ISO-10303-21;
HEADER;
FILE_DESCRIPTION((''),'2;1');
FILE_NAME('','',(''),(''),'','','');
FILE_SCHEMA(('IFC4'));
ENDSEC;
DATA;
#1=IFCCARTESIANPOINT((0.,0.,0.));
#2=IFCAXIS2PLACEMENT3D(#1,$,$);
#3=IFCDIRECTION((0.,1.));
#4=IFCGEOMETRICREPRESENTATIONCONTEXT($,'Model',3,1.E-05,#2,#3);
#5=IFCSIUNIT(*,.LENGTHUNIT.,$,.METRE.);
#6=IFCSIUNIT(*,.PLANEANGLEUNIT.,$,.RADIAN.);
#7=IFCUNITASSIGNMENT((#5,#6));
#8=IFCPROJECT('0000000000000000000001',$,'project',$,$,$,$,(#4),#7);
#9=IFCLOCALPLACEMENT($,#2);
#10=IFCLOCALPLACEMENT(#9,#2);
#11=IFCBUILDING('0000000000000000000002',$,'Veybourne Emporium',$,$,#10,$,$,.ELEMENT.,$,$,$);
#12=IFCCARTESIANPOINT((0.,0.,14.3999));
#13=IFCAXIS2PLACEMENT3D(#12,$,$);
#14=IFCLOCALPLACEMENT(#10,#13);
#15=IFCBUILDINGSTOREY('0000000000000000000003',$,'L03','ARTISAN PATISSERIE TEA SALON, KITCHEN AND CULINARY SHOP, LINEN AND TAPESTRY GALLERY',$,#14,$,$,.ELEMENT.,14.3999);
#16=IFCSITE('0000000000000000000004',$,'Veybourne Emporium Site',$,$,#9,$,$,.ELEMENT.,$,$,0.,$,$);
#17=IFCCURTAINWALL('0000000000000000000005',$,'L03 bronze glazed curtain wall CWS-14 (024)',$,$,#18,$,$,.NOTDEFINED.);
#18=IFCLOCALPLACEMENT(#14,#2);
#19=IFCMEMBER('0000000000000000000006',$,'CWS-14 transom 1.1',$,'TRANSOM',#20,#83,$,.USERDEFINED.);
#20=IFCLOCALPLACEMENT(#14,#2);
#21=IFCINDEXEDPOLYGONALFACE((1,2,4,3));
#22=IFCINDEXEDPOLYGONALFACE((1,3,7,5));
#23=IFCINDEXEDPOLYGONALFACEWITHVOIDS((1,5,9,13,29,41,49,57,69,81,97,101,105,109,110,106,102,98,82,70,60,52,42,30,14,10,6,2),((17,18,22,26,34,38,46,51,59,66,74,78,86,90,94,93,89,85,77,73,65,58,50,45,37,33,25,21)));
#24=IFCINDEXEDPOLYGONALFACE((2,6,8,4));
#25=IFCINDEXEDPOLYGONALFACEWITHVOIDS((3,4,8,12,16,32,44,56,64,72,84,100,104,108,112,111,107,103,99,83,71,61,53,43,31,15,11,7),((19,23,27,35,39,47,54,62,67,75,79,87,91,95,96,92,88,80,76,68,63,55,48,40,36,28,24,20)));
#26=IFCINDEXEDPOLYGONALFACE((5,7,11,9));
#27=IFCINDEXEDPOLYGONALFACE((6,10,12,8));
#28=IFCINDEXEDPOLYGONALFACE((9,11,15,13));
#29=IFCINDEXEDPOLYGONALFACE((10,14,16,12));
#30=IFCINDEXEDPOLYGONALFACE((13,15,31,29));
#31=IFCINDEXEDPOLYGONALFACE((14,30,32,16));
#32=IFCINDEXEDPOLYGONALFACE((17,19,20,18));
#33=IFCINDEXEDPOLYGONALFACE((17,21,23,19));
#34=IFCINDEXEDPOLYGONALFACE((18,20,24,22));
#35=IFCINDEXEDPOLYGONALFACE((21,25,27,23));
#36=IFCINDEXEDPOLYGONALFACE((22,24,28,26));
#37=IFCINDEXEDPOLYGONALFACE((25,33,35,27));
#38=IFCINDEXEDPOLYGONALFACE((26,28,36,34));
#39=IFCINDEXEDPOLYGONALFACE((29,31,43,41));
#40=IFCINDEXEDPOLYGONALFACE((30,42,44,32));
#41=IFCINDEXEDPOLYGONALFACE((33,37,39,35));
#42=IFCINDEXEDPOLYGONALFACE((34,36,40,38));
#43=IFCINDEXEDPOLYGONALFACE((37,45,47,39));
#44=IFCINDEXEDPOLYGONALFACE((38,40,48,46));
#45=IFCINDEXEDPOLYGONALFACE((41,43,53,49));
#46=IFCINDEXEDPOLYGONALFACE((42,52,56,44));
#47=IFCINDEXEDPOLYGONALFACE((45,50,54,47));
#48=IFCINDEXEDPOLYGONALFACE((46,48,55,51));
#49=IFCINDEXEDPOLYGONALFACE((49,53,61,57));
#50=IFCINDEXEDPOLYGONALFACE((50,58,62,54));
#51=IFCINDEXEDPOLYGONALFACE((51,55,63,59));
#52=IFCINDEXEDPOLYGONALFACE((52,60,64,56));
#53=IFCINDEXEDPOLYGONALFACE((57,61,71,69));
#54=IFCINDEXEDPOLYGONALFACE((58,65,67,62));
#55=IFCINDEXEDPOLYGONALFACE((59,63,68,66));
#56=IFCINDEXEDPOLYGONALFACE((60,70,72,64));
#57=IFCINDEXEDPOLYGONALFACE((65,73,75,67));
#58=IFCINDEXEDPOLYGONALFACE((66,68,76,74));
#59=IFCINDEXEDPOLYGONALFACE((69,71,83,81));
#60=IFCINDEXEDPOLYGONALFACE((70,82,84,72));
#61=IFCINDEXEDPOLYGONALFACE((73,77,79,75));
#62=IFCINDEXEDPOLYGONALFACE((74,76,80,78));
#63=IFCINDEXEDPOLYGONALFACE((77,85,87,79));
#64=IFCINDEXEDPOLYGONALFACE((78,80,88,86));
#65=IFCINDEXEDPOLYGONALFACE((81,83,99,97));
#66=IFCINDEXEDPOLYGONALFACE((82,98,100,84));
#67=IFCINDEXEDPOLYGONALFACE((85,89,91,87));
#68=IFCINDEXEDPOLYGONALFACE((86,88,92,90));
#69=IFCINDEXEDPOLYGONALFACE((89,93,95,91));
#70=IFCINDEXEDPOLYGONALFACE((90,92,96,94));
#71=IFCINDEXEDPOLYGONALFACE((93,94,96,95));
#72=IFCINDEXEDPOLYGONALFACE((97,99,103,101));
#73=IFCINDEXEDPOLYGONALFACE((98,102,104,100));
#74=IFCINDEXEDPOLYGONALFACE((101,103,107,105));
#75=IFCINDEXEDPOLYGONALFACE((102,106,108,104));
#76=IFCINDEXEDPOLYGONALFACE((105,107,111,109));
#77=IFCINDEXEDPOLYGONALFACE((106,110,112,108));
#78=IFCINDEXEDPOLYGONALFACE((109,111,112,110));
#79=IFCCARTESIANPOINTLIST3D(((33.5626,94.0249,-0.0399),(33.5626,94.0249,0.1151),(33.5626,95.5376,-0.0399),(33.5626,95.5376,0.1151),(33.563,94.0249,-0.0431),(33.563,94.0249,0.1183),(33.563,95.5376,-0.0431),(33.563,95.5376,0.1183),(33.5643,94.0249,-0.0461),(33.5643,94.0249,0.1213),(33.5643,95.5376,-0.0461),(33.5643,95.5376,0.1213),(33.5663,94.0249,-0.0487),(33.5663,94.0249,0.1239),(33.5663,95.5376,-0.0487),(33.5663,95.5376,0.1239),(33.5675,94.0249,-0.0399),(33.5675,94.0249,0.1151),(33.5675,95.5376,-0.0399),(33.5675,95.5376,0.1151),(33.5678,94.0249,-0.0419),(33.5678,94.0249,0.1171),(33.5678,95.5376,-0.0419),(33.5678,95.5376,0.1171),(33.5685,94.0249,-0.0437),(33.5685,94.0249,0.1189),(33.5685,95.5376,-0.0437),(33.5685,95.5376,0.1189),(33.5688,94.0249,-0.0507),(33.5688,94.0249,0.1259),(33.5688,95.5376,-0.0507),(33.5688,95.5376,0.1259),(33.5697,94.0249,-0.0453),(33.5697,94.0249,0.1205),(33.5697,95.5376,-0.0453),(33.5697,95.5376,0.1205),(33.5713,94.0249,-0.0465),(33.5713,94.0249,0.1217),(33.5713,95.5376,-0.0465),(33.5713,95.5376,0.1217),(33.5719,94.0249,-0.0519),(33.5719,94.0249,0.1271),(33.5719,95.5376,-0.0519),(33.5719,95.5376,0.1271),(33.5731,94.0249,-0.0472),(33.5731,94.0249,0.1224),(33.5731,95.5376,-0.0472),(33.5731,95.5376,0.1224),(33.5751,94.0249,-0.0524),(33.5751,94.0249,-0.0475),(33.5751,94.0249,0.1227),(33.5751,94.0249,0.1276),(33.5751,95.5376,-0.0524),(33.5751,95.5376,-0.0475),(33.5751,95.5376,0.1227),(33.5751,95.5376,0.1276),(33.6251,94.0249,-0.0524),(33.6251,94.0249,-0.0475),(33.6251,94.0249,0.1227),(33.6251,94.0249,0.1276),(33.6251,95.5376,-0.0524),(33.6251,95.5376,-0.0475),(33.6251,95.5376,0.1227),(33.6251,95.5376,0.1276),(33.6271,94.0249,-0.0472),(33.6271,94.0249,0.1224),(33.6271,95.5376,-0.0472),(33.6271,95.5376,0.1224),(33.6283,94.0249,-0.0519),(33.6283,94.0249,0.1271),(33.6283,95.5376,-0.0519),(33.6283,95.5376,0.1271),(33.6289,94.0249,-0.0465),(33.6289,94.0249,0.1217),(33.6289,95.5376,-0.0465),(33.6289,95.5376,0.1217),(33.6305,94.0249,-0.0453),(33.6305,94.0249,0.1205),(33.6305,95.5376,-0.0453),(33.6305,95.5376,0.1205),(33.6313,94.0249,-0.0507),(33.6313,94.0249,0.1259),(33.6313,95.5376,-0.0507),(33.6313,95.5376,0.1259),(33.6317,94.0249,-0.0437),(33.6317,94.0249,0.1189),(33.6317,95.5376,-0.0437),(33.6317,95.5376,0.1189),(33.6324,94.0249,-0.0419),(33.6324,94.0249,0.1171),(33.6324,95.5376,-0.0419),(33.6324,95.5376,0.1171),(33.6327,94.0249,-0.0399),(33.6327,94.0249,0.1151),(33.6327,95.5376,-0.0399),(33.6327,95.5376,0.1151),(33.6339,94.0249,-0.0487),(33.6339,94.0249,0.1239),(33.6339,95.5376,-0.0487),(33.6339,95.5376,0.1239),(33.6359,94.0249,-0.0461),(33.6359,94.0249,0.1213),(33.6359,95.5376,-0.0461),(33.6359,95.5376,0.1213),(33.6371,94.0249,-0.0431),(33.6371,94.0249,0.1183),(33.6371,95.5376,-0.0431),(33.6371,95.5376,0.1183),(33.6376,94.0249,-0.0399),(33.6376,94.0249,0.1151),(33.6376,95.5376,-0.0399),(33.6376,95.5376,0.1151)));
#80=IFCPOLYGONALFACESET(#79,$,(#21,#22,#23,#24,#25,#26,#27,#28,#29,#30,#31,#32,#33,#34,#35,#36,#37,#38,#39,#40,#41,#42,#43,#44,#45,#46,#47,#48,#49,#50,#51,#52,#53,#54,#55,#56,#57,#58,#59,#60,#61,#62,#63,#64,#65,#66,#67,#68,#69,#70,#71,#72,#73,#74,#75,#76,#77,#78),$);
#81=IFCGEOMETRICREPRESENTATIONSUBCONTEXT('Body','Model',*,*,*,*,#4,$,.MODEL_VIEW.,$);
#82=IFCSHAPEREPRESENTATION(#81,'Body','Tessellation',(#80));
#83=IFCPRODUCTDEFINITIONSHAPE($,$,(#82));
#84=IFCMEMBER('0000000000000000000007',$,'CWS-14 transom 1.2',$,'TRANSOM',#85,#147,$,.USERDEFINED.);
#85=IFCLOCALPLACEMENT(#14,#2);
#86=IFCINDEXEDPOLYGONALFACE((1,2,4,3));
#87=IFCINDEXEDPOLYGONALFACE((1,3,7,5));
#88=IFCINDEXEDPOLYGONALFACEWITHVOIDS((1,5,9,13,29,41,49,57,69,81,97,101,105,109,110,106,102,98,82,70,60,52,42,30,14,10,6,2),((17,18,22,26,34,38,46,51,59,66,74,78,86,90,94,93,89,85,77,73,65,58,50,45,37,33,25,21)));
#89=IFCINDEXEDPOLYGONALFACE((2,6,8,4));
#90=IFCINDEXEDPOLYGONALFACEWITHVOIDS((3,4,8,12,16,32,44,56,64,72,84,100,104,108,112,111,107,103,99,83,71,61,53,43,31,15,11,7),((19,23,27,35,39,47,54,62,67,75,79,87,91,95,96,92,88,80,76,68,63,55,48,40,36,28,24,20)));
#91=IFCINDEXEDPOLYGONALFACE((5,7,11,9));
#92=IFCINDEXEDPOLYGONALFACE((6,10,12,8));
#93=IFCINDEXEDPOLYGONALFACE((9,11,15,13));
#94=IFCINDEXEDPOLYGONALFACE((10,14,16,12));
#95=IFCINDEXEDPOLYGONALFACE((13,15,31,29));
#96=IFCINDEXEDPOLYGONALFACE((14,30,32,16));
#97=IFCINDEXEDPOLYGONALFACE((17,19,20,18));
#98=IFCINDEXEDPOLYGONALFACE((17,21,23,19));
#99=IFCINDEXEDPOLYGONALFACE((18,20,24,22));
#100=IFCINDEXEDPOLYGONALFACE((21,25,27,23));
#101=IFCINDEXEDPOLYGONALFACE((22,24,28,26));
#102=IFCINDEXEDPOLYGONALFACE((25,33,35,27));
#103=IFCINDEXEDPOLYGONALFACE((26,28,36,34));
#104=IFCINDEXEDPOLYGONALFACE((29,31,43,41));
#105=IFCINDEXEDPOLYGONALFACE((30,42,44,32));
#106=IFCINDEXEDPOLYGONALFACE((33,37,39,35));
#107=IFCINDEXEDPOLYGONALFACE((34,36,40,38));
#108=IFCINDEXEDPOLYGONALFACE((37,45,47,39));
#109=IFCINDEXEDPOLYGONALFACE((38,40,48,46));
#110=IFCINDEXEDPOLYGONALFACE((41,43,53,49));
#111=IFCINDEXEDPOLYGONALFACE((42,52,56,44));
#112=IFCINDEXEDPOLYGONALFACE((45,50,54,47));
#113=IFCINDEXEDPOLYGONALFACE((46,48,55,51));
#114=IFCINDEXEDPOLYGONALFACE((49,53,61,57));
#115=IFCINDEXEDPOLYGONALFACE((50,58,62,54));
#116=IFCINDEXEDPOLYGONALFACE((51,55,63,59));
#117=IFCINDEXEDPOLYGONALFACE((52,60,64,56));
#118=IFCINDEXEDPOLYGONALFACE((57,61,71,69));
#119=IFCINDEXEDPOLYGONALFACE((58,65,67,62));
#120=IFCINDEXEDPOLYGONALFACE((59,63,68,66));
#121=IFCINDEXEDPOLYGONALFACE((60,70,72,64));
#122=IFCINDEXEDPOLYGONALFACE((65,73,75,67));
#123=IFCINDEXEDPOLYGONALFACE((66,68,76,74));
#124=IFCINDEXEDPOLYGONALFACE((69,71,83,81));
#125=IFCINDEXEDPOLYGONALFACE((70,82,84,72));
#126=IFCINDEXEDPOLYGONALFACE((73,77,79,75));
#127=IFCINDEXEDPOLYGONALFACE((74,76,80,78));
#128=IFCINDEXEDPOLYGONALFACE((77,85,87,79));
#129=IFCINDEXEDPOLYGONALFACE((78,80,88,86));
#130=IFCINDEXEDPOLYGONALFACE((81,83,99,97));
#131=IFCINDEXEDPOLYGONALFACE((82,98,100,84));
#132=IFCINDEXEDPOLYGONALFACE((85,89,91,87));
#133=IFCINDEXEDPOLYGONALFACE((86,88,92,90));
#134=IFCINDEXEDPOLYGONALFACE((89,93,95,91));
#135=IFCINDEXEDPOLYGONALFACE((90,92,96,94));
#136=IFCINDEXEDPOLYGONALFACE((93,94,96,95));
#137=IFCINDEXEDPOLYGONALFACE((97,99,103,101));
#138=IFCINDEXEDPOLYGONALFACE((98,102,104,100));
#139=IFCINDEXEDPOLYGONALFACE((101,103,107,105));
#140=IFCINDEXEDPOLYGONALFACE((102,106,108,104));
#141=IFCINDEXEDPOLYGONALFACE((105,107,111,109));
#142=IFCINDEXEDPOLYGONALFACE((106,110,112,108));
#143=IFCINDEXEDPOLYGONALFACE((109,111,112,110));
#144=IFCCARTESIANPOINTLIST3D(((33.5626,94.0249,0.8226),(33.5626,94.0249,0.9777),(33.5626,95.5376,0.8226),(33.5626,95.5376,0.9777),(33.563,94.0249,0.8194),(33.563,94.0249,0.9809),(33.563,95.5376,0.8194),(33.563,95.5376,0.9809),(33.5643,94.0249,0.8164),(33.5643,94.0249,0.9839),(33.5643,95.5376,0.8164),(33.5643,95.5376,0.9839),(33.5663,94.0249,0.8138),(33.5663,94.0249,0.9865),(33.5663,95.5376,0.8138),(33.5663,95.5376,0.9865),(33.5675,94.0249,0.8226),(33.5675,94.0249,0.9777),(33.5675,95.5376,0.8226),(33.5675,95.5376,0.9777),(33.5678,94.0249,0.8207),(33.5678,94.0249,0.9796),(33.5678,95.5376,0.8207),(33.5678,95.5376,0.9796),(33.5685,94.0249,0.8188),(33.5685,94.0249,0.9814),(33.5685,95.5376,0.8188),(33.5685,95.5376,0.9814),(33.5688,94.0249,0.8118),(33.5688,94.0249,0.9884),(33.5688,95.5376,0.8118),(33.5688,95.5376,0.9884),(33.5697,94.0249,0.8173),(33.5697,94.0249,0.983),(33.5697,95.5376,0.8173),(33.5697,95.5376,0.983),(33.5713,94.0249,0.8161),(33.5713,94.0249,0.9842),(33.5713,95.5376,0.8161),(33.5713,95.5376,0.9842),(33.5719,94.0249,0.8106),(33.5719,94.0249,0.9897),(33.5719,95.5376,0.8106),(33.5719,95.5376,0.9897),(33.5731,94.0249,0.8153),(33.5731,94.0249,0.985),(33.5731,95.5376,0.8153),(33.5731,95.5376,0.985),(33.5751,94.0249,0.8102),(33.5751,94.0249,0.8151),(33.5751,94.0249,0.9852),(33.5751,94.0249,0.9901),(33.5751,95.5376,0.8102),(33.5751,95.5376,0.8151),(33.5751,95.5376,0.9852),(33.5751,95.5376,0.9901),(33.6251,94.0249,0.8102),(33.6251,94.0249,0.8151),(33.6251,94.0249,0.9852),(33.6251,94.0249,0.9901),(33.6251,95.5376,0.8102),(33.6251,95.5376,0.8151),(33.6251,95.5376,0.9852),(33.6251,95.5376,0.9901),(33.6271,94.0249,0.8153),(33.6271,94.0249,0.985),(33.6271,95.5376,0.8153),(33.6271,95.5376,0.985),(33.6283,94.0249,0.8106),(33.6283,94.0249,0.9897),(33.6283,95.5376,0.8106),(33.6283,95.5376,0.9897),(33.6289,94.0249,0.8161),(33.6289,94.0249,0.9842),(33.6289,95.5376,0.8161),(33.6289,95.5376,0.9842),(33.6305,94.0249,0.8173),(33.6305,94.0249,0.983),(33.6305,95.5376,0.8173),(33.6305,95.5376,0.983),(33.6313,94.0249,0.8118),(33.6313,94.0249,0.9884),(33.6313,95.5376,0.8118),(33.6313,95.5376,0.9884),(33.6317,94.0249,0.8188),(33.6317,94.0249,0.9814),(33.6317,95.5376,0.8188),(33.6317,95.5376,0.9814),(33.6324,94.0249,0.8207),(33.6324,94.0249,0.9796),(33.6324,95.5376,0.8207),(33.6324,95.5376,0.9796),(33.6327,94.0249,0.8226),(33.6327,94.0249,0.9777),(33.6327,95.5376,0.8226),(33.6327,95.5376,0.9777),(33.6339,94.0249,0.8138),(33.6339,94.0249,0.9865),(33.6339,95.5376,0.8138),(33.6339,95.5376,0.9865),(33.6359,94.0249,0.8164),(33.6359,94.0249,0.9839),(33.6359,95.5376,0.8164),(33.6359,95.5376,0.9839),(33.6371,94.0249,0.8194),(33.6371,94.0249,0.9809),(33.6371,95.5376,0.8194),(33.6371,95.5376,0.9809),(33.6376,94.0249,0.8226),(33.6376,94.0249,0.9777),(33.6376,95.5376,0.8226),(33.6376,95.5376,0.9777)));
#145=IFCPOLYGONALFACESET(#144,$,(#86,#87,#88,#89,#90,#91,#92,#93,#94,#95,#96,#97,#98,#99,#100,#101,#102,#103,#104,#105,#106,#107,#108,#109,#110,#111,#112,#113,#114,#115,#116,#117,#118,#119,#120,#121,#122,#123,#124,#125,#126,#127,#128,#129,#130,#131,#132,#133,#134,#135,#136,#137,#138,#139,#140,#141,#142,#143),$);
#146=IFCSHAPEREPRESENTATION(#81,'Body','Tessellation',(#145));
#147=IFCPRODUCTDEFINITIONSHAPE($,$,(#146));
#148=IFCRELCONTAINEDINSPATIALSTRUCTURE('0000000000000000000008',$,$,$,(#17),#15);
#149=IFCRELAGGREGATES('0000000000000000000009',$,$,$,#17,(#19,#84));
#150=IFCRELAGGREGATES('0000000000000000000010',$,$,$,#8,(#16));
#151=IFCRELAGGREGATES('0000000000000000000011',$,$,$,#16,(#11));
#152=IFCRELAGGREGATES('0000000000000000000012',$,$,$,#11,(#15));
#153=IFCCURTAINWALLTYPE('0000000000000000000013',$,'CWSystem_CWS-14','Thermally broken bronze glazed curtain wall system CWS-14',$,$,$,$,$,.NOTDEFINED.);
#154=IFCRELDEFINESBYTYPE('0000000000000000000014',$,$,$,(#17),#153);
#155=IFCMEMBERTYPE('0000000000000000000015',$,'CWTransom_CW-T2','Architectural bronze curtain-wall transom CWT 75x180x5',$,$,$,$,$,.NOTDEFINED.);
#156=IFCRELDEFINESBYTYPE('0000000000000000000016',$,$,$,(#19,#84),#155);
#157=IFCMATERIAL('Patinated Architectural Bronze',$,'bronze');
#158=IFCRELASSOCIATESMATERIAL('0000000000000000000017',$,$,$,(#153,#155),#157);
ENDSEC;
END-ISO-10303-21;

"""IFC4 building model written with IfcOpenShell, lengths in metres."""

from ifc_helpers import new_model, si_unit, direction, frame, origin, origin_2d, place, context, subcontext, project, spatial, hollow_rectangle, extrude, material, material_profile, profile_set, type_object, element, aggregate, save


model = new_model("IFC4")

# Units and contexts
model_context = context("Model", 3, precision=1e-05, world=origin(), true_north=direction((0.0, 1.0)))
body_context = subcontext(model_context, "Body", "Model", "MODEL_VIEW")
ifc_project = project(units=[si_unit("LENGTHUNIT", "METRE"), si_unit("PLANEANGLEUNIT", "RADIAN")], contexts=[model_context])

# Site, building, storey
site_placement = place(None, origin())
site = spatial("IfcSite", under=ifc_project, at=site_placement, Name="Veybourne Emporium Site", CompositionType="ELEMENT", RefElevation=0.0)
building_placement = place(site_placement, origin())
building = spatial("IfcBuilding", under=site, at=building_placement, Name="Veybourne Emporium", CompositionType="ELEMENT")
storey_placement = place(building_placement, frame((0.0, 0.0, 14.3999)))
storey = spatial("IfcBuildingStorey", under=building, at=storey_placement, Name="L03", Description="ARTISAN PATISSERIE TEA SALON, KITCHEN AND CULINARY SHOP, LINEN AND TAPESTRY GALLERY", CompositionType="ELEMENT", Elevation=14.3999)

# Curtain wall, members
ifc_material_1 = material(Name="Patinated Architectural Bronze", Category="bronze")
curtain_wall_type = type_object("IfcCurtainWallType", Name="CWSystem_CWS-14", Description="Thermally broken bronze glazed curtain wall system CWS-14", PredefinedType="NOTDEFINED", material=ifc_material_1)
curtain_wall_placement = place(storey_placement, origin())
curtain_wall = element("IfcCurtainWall", 1, at=curtain_wall_placement, inside=storey, type_object=curtain_wall_type, Name="L03 bronze glazed curtain wall CWS-14 (024)", PredefinedType="NOTDEFINED")
ifc_material_profile_1 = material_profile(ifc_material_1, hollow_rectangle(XDim=0.075, YDim=0.1799, WallThickness=0.0049, InnerFilletRadius=0.0076, OuterFilletRadius=0.0125, at=origin_2d()), Name="CWT 75x180x5")
ifc_profile_set_1 = profile_set([ifc_material_profile_1], Name="Patinated Architectural Bronze")
member_type_1 = type_object("IfcMemberType", Name="CWTransom_CW-T2", Description="Architectural bronze curtain-wall transom CWT 75x180x5", PredefinedType="NOTDEFINED", material=ifc_profile_set_1)
member_1_placement = place(storey_placement, frame((33.6001, 94.0249, 0.0376), z_axis=(0.0, 1.0, 0.0), x_axis=(-1.0, 0.0, 0.0)))
member_1 = element("IfcMember", 2, at=member_1_placement, type_object=member_type_1, Name="CWS-14 transom 1.1", ObjectType="TRANSOM", PredefinedType="USERDEFINED", context=body_context, shape_type="SweptSolid", body=[
    extrude(hollow_rectangle(XDim=0.075, YDim=0.1799, WallThickness=0.0049, InnerFilletRadius=0.0076, OuterFilletRadius=0.0125, at=origin_2d()), origin(), (0.0, 0.0, 1.0), 1.5127),
])
member_2_placement = place(storey_placement, frame((33.6001, 94.0249, 0.9001), z_axis=(0.0, 1.0, 0.0), x_axis=(-1.0, 0.0, 0.0)))
member_2 = element("IfcMember", 3, at=member_2_placement, type_object=member_type_1, Name="CWS-14 transom 1.2", ObjectType="TRANSOM", PredefinedType="USERDEFINED", context=body_context, shape_type="SweptSolid", body=[
    extrude(hollow_rectangle(XDim=0.075, YDim=0.1799, WallThickness=0.0049, InnerFilletRadius=0.0076, OuterFilletRadius=0.0125, at=origin_2d()), origin(), (0.0, 0.0, 1.0), 1.5127),
])
aggregate(curtain_wall, [member_1, member_2])

save(model, "model.ifc")
